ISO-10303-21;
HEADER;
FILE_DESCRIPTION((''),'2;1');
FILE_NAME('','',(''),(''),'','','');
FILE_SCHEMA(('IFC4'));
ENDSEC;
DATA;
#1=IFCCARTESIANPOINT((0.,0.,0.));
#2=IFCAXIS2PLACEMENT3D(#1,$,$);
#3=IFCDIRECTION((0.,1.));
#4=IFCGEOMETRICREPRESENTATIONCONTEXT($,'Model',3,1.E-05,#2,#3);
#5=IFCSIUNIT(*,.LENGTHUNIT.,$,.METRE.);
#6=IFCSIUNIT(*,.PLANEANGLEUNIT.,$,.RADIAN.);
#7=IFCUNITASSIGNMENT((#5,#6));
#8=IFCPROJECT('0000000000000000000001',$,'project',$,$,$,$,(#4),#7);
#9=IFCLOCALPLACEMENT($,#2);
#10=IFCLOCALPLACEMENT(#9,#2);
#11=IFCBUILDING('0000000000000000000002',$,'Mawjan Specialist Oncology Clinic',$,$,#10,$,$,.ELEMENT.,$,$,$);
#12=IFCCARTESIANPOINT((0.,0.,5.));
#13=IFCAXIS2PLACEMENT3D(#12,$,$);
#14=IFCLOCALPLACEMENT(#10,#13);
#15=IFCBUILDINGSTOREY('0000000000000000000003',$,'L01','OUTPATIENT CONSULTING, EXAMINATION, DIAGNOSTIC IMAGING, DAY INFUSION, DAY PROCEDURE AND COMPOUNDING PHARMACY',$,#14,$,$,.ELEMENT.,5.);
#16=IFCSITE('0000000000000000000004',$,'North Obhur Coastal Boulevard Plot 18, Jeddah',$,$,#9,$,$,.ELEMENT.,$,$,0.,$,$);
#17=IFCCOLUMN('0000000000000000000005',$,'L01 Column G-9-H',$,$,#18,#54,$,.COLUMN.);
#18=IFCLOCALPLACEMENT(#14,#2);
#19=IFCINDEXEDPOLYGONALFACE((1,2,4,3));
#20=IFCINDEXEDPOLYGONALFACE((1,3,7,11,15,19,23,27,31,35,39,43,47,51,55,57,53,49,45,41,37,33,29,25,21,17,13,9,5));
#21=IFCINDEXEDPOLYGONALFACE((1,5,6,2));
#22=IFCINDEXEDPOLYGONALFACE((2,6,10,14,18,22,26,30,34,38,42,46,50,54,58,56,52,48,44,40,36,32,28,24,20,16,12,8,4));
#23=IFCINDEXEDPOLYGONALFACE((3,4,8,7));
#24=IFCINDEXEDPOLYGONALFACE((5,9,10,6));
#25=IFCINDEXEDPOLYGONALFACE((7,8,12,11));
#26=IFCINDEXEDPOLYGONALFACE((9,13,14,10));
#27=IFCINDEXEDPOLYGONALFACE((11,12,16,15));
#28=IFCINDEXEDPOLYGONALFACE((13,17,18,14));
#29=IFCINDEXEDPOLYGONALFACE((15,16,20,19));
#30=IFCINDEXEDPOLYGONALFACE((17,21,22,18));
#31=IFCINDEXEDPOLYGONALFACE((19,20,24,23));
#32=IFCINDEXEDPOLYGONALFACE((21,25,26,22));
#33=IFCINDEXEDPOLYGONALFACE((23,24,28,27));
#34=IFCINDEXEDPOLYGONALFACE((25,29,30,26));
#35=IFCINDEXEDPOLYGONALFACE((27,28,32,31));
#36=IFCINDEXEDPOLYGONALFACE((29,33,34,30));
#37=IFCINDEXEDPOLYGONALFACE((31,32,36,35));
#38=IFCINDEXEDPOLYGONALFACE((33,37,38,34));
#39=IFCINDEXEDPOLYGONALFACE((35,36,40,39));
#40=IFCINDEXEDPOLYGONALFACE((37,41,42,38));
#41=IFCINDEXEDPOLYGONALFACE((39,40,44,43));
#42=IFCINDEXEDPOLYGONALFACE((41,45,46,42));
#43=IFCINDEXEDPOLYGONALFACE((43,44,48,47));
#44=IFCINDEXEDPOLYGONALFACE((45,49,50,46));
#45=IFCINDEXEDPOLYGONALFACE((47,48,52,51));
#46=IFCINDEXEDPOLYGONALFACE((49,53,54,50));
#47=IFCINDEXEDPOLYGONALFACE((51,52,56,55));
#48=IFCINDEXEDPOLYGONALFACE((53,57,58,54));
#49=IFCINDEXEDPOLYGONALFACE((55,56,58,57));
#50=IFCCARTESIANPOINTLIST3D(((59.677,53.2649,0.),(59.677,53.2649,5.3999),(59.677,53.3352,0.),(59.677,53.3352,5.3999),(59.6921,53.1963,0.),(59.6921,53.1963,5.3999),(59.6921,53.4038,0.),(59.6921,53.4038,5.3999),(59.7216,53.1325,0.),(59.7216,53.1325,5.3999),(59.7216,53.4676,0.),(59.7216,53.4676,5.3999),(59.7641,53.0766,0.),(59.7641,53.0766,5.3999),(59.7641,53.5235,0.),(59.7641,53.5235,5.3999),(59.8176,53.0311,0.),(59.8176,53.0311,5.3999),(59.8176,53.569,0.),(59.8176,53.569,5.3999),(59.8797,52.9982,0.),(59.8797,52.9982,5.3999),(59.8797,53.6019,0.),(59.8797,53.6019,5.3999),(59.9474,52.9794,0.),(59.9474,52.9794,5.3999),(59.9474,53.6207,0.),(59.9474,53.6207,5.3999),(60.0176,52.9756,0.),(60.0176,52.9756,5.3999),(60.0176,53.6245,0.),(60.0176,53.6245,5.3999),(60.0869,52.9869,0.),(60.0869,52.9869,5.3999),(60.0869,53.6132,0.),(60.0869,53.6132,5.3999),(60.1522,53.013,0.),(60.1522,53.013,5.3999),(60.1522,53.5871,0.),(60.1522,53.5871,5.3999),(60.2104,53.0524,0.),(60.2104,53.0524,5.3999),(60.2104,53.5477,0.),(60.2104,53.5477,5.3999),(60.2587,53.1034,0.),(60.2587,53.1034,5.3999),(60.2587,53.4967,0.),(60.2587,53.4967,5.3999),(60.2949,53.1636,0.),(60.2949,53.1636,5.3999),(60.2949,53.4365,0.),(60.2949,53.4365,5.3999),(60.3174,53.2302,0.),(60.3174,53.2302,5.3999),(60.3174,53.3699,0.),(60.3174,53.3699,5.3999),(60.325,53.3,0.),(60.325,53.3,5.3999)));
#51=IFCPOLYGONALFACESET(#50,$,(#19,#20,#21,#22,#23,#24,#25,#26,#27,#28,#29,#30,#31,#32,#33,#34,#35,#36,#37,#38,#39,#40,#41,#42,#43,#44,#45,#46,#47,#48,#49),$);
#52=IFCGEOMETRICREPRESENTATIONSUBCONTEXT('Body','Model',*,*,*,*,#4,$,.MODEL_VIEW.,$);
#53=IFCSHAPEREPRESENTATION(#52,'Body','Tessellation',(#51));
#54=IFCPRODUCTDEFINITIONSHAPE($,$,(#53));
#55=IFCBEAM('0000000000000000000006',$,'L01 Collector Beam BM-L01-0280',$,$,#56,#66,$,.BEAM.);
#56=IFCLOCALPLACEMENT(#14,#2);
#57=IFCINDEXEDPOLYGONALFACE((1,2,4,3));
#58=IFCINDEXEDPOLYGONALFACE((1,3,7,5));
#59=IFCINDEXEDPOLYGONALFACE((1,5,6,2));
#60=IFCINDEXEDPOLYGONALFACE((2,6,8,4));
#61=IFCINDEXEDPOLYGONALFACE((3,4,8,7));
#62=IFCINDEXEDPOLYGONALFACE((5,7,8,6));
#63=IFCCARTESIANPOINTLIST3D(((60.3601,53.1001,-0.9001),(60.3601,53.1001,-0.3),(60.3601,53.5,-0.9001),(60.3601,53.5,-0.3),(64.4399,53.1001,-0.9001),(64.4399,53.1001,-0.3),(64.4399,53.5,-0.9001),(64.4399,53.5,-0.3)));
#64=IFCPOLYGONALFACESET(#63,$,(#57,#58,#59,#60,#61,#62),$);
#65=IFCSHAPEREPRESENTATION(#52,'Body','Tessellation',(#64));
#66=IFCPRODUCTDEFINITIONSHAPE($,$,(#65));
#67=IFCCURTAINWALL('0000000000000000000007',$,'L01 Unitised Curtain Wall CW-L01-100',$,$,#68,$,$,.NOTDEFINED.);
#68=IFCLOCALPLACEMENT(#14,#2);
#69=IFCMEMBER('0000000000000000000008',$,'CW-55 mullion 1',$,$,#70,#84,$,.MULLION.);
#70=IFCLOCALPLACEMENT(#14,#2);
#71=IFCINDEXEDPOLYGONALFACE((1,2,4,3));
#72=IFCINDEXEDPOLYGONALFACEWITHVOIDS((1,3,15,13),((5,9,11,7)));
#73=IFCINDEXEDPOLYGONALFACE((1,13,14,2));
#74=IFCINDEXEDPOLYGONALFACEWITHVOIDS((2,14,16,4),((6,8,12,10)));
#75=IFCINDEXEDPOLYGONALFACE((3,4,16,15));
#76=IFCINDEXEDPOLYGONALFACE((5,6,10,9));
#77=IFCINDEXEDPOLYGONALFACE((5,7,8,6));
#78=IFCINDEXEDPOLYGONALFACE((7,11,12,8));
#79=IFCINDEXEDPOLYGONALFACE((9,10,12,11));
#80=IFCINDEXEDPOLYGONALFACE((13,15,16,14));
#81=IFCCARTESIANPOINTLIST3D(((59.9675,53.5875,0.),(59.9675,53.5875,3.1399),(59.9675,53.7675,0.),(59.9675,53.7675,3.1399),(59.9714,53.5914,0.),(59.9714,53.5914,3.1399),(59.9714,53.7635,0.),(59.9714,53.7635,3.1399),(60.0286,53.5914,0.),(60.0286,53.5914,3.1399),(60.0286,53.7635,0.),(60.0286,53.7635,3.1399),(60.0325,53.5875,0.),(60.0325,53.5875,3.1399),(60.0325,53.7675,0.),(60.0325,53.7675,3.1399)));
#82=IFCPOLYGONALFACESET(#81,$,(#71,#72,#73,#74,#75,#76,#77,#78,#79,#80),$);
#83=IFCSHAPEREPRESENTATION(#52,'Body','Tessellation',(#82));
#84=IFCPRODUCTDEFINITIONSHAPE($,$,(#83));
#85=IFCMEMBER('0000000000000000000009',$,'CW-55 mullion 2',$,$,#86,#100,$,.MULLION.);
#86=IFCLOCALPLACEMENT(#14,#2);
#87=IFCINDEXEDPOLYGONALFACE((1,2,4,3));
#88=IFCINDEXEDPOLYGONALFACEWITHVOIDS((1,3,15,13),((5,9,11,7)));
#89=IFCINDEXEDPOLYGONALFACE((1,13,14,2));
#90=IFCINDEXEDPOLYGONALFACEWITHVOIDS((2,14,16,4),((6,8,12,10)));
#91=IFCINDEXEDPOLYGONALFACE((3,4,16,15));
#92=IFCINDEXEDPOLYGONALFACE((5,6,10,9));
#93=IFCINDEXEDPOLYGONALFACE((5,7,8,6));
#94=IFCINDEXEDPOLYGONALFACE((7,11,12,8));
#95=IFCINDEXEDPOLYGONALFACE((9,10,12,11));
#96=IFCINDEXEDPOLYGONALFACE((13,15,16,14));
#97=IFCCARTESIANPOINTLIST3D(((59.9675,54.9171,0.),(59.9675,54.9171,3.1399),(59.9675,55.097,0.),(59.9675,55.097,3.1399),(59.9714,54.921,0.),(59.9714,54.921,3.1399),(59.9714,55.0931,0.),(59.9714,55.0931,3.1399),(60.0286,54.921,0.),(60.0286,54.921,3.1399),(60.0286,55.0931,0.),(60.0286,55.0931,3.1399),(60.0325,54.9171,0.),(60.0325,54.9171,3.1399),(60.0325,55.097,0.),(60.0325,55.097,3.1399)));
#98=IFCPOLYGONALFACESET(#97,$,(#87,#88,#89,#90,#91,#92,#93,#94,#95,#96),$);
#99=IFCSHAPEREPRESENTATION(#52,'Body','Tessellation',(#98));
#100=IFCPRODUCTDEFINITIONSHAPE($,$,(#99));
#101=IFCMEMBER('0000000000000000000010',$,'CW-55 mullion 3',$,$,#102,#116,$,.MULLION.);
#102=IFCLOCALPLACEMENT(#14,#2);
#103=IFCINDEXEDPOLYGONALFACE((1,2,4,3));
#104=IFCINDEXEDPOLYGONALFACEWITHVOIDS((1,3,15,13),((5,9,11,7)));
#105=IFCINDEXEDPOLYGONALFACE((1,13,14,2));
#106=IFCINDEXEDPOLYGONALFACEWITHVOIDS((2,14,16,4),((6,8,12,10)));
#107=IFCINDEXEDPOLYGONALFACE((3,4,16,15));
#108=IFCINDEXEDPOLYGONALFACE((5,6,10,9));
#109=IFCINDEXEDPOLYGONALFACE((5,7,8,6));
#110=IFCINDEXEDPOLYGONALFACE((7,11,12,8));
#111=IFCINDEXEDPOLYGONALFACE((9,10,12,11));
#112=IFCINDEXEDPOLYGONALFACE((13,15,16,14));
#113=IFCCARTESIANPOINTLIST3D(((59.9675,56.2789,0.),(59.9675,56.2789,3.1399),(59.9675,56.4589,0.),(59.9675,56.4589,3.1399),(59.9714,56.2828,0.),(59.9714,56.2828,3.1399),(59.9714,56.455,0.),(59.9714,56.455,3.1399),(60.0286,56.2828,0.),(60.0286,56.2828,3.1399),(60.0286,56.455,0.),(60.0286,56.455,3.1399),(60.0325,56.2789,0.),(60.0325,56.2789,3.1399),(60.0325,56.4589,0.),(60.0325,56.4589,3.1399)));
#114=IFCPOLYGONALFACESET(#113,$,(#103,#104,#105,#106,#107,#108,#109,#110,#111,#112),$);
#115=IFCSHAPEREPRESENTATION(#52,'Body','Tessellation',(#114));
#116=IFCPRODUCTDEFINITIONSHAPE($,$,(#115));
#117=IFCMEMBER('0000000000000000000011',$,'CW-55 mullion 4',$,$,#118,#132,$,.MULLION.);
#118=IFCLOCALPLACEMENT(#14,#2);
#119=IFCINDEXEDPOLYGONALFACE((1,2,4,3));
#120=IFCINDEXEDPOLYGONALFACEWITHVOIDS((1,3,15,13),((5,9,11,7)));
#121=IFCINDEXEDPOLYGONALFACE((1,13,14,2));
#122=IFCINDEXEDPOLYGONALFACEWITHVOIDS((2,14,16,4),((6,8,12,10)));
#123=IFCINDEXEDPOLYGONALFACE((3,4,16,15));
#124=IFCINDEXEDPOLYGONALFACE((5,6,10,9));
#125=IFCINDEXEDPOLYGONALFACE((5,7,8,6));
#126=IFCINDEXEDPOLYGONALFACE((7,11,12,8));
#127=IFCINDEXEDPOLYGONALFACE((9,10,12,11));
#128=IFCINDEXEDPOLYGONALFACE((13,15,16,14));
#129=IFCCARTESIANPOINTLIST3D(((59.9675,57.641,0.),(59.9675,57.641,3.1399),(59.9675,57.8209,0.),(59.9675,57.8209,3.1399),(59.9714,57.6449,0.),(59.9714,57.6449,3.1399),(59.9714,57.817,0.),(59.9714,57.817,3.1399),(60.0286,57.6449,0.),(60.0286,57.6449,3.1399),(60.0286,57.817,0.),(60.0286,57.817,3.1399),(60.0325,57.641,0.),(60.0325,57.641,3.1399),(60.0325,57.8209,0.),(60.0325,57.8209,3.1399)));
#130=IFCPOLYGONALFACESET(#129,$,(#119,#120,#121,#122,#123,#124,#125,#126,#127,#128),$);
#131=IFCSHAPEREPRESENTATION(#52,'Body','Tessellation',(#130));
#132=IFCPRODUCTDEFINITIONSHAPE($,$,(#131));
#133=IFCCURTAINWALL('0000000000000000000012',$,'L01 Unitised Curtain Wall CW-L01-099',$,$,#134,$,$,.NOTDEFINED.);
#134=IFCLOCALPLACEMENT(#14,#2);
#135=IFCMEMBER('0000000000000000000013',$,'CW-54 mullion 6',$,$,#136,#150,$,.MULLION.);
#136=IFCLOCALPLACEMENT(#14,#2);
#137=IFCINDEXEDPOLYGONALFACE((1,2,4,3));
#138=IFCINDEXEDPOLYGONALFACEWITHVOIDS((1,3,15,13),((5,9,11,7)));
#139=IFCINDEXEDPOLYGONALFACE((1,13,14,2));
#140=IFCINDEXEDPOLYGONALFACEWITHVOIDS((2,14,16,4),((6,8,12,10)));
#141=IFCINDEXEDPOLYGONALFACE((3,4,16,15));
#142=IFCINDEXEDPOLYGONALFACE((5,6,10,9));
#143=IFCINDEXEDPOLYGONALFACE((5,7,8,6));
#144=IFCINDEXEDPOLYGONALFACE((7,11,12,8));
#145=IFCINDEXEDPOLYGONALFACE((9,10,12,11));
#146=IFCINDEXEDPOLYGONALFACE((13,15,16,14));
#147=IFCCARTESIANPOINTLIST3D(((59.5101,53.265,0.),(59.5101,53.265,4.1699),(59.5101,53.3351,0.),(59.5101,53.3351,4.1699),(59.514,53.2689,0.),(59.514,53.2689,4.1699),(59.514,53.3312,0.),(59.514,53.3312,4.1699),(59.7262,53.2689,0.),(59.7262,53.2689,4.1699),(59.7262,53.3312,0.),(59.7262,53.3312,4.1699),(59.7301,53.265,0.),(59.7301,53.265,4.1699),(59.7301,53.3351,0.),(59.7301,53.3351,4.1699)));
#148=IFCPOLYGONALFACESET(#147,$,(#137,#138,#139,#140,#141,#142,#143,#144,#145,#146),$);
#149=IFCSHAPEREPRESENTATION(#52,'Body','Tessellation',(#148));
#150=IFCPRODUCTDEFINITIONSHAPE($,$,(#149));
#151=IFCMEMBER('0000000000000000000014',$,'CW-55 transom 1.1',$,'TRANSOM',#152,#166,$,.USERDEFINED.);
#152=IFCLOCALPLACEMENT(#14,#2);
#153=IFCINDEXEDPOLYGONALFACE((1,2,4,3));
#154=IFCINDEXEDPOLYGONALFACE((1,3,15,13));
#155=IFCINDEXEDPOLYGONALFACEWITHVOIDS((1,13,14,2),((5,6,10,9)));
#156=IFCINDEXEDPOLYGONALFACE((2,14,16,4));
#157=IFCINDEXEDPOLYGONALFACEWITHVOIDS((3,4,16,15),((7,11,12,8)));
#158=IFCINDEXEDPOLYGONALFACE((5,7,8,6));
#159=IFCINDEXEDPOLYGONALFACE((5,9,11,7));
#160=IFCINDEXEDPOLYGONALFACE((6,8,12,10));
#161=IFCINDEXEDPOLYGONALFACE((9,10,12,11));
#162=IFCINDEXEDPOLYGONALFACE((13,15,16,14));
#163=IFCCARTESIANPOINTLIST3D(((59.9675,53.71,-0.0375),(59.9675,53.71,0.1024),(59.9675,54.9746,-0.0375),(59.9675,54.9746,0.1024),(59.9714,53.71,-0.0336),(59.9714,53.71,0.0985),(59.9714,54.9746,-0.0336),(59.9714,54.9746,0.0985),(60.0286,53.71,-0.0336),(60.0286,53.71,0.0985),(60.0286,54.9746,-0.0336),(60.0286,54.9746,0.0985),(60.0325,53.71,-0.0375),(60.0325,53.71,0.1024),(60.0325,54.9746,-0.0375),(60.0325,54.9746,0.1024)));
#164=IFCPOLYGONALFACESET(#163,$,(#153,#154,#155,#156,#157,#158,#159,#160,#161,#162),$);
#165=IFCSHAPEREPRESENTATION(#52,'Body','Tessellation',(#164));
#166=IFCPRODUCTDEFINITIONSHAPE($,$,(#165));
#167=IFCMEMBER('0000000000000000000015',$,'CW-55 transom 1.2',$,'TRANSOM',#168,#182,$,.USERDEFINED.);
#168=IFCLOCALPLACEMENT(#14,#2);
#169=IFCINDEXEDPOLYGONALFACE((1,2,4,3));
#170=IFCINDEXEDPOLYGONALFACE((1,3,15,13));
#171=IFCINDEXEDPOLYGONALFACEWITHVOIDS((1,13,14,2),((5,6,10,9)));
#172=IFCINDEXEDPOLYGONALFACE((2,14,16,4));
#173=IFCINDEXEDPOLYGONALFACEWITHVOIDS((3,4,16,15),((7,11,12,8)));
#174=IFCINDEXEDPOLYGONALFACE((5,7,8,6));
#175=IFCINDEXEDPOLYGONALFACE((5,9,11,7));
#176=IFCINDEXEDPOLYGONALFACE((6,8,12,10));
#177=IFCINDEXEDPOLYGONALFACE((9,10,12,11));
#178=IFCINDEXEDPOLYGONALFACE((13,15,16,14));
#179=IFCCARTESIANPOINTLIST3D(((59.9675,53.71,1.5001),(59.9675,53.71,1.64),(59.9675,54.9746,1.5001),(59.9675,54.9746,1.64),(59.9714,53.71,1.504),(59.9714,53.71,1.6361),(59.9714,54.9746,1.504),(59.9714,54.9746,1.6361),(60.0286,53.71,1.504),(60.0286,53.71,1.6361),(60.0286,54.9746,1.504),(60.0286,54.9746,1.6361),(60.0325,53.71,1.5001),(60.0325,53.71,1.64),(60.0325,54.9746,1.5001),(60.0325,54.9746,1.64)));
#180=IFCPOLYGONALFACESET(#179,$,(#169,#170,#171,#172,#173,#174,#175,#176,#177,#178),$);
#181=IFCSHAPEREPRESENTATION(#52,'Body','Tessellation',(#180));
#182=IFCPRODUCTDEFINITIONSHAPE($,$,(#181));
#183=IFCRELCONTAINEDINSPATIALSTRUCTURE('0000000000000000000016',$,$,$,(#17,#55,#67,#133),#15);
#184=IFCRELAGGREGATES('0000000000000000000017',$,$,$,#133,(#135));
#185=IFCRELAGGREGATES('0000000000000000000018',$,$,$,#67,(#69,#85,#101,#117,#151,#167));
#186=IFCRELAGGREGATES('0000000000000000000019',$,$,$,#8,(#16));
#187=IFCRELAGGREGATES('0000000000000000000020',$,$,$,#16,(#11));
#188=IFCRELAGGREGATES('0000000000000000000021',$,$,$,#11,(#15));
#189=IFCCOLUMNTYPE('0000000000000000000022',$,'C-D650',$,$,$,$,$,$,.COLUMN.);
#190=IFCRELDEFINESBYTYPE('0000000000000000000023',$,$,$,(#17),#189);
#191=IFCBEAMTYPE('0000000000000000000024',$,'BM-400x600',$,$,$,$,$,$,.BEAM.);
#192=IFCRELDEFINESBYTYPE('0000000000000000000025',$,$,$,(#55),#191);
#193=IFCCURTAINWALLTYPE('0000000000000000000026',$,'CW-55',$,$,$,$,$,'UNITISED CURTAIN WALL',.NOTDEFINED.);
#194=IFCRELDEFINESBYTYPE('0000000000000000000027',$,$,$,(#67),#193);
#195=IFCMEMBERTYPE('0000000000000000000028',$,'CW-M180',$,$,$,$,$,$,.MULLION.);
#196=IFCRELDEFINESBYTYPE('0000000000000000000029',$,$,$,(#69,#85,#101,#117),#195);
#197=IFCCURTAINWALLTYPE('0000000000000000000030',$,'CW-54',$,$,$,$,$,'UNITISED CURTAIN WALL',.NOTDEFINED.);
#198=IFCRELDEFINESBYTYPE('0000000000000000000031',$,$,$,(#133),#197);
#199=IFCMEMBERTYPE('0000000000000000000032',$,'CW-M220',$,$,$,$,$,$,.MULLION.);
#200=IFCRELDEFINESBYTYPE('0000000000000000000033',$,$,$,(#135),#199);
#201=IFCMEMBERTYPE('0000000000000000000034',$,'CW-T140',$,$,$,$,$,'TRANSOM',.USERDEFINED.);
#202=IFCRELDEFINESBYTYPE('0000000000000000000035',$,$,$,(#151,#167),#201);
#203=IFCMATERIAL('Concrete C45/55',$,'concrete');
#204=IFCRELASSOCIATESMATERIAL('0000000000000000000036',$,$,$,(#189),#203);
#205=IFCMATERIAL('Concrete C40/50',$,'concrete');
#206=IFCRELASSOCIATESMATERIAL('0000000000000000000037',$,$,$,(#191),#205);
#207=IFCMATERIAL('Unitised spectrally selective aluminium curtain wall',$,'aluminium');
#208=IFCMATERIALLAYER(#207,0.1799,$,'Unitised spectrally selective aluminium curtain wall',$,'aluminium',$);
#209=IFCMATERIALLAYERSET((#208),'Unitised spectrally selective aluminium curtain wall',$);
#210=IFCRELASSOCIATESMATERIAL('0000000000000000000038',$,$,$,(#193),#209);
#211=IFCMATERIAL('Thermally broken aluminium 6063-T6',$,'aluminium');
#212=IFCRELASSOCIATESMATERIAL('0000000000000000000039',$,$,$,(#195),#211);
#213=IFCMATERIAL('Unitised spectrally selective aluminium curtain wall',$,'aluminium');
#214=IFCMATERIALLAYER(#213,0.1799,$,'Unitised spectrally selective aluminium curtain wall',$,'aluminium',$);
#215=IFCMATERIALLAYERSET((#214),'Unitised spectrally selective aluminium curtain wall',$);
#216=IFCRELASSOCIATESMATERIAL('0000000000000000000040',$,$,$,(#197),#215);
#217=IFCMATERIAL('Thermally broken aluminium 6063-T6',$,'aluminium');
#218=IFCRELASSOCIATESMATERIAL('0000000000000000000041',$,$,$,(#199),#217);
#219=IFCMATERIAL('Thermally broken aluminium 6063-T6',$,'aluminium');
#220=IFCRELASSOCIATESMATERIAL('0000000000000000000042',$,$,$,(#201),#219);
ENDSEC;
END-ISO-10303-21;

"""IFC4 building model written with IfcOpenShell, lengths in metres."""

from ifc_helpers import new_model, si_unit, direction, frame, origin, origin_2d, place, context, subcontext, project, spatial, rectangle, hollow_rectangle, circle, extrude, material, layer, layer_set, material_profile, profile_set, type_object, element, aggregate, save


model = new_model("IFC4")

# Units and contexts
model_context = context("Model", 3, precision=1e-05, world=origin(), true_north=direction((0.0, 1.0)))
body_context = subcontext(model_context, "Body", "Model", "MODEL_VIEW")
ifc_project = project(units=[si_unit("LENGTHUNIT", "METRE"), si_unit("PLANEANGLEUNIT", "RADIAN")], contexts=[model_context])

# Site, building, storey
site_placement = place(None, origin())
site = spatial("IfcSite", under=ifc_project, at=site_placement, Name="North Obhur Coastal Boulevard Plot 18, Jeddah", CompositionType="ELEMENT", RefElevation=0.0)
building_placement = place(site_placement, origin())
building = spatial("IfcBuilding", under=site, at=building_placement, Name="Mawjan Specialist Oncology Clinic", CompositionType="ELEMENT")
storey_placement = place(building_placement, frame((0.0, 0.0, 5.0)))
storey = spatial("IfcBuildingStorey", under=building, at=storey_placement, Name="L01", Description="OUTPATIENT CONSULTING, EXAMINATION, DIAGNOSTIC IMAGING, DAY INFUSION, DAY PROCEDURE AND COMPOUNDING PHARMACY", CompositionType="ELEMENT", Elevation=5.0)

# Column
ifc_material_1 = material(Name="Concrete C45/55", Category="concrete")
ifc_material_profile_1 = material_profile(ifc_material_1, circle(Radius=0.325, at=origin_2d()), Name="RC COL D650", Category="concrete")
ifc_profile_set_1 = profile_set([ifc_material_profile_1], Name="Concrete C45/55")
column_type = type_object("IfcColumnType", Name="C-D650", PredefinedType="COLUMN", material=ifc_profile_set_1)
column_placement = place(storey_placement, frame((60.0, 53.3, 0.0), z_axis=(0.0, 0.0, 1.0), x_axis=(1.0, 0.0, 0.0)))
element("IfcColumn", 1, at=column_placement, inside=storey, type_object=column_type, Name="L01 Column G-9-H", PredefinedType="COLUMN", context=body_context, shape_type="SweptSolid", body=[
    extrude(circle(Radius=0.325, at=origin_2d()), origin(), (0.0, 0.0, 1.0), 5.3999),
])

# Beam
ifc_material_2 = material(Name="Concrete C40/50", Category="concrete")
ifc_material_profile_2 = material_profile(ifc_material_2, rectangle(XDim=0.3999, YDim=0.6001, at=origin_2d()), Name="RC BM 400x600", Category="concrete")
ifc_profile_set_2 = profile_set([ifc_material_profile_2], Name="Concrete C40/50")
beam_type_1 = type_object("IfcBeamType", Name="BM-400x600", PredefinedType="BEAM", material=ifc_profile_set_2)
beam_1_placement = place(storey_placement, frame((60.3601, 53.3, -0.6001), z_axis=(1.0, 0.0, 0.0), x_axis=(0.0, 1.0, 0.0)))
element("IfcBeam", 2, at=beam_1_placement, inside=storey, type_object=beam_type_1, Name="L01 Collector Beam BM-L01-0280", PredefinedType="BEAM", context=body_context, shape_type="SweptSolid", body=[
    extrude(rectangle(XDim=0.3999, YDim=0.6001, at=origin_2d()), origin(), (0.0, 0.0, 1.0), 4.0798),
])

# Curtain wall, members
ifc_material_3 = material(Name="Unitised spectrally selective aluminium curtain wall", Category="aluminium")
ifc_layer_1 = layer(ifc_material_3, 0.1799, Name="Unitised spectrally selective aluminium curtain wall", Category="aluminium")
ifc_layer_set_1 = layer_set([ifc_layer_1], Name="Unitised spectrally selective aluminium curtain wall")
curtain_wall_type_1 = type_object("IfcCurtainWallType", Name="CW-55", ElementType="UNITISED CURTAIN WALL", PredefinedType="NOTDEFINED", material=ifc_layer_set_1)
curtain_wall_1_placement = place(storey_placement, origin())
curtain_wall_1 = element("IfcCurtainWall", 3, at=curtain_wall_1_placement, inside=storey, type_object=curtain_wall_type_1, Name="L01 Unitised Curtain Wall CW-L01-100", PredefinedType="NOTDEFINED")
ifc_material_4 = material(Name="Thermally broken aluminium 6063-T6", Category="aluminium")
ifc_material_profile_3 = material_profile(ifc_material_4, hollow_rectangle(XDim=0.0649, YDim=0.1799, WallThickness=0.0039, at=origin_2d()), Name="ALU MULLION 180x65x4", Category="aluminium")
ifc_profile_set_3 = profile_set([ifc_material_profile_3], Name="Thermally broken aluminium 6063-T6")
member_type_1 = type_object("IfcMemberType", Name="CW-M180", PredefinedType="MULLION", material=ifc_profile_set_3)
member_1_placement = place(storey_placement, frame((60.0, 53.6775, 0.0), z_axis=(0.0, 0.0, 1.0), x_axis=(-1.0, 0.0, 0.0)))
member_1 = element("IfcMember", 4, at=member_1_placement, type_object=member_type_1, Name="CW-55 mullion 1", PredefinedType="MULLION", context=body_context, shape_type="SweptSolid", body=[
    extrude(hollow_rectangle(XDim=0.0649, YDim=0.1799, WallThickness=0.0039, at=origin_2d()), origin(), (0.0, 0.0, 1.0), 3.1399),
])
member_2_placement = place(storey_placement, frame((60.0, 55.0071, 0.0), z_axis=(0.0, 0.0, 1.0), x_axis=(-1.0, 0.0, 0.0)))
member_2 = element("IfcMember", 5, at=member_2_placement, type_object=member_type_1, Name="CW-55 mullion 2", PredefinedType="MULLION", context=body_context, shape_type="SweptSolid", body=[
    extrude(hollow_rectangle(XDim=0.0649, YDim=0.1799, WallThickness=0.0039, at=origin_2d()), origin(), (0.0, 0.0, 1.0), 3.1399),
])
member_3_placement = place(storey_placement, frame((60.0, 56.3689, 0.0), z_axis=(0.0, 0.0, 1.0), x_axis=(-1.0, 0.0, 0.0)))
member_3 = element("IfcMember", 6, at=member_3_placement, type_object=member_type_1, Name="CW-55 mullion 3", PredefinedType="MULLION", context=body_context, shape_type="SweptSolid", body=[
    extrude(hollow_rectangle(XDim=0.0649, YDim=0.1799, WallThickness=0.0039, at=origin_2d()), origin(), (0.0, 0.0, 1.0), 3.1399),
])
member_4_placement = place(storey_placement, frame((60.0, 57.731, 0.0), z_axis=(0.0, 0.0, 1.0), x_axis=(-1.0, 0.0, 0.0)))
member_4 = element("IfcMember", 7, at=member_4_placement, type_object=member_type_1, Name="CW-55 mullion 4", PredefinedType="MULLION", context=body_context, shape_type="SweptSolid", body=[
    extrude(hollow_rectangle(XDim=0.0649, YDim=0.1799, WallThickness=0.0039, at=origin_2d()), origin(), (0.0, 0.0, 1.0), 3.1399),
])

# Curtain wall, member
ifc_material_5 = material(Name="Unitised spectrally selective aluminium curtain wall", Category="aluminium")
ifc_layer_2 = layer(ifc_material_5, 0.1799, Name="Unitised spectrally selective aluminium curtain wall", Category="aluminium")
ifc_layer_set_2 = layer_set([ifc_layer_2], Name="Unitised spectrally selective aluminium curtain wall")
curtain_wall_type_2 = type_object("IfcCurtainWallType", Name="CW-54", ElementType="UNITISED CURTAIN WALL", PredefinedType="NOTDEFINED", material=ifc_layer_set_2)
curtain_wall_2_placement = place(storey_placement, origin())
curtain_wall_2 = element("IfcCurtainWall", 8, at=curtain_wall_2_placement, inside=storey, type_object=curtain_wall_type_2, Name="L01 Unitised Curtain Wall CW-L01-099", PredefinedType="NOTDEFINED")
ifc_material_6 = material(Name="Thermally broken aluminium 6063-T6", Category="aluminium")
ifc_material_profile_4 = material_profile(ifc_material_6, hollow_rectangle(XDim=0.0701, YDim=0.22, WallThickness=0.0039, at=origin_2d()), Name="ALU MULLION 220x70x4", Category="aluminium")
ifc_profile_set_4 = profile_set([ifc_material_profile_4], Name="Thermally broken aluminium 6063-T6")
member_type_2 = type_object("IfcMemberType", Name="CW-M220", PredefinedType="MULLION", material=ifc_profile_set_4)
member_5_placement = place(storey_placement, frame((59.6201, 53.3, 0.0), z_axis=(0.0, 0.0, 1.0), x_axis=(0.0, 1.0, 0.0)))
member_5 = element("IfcMember", 9, at=member_5_placement, type_object=member_type_2, Name="CW-54 mullion 6", PredefinedType="MULLION", context=body_context, shape_type="SweptSolid", body=[
    extrude(hollow_rectangle(XDim=0.0701, YDim=0.22, WallThickness=0.0039, at=origin_2d()), origin(), (0.0, 0.0, 1.0), 4.1699),
])

# Members
ifc_material_7 = material(Name="Thermally broken aluminium 6063-T6", Category="aluminium")
ifc_material_profile_5 = material_profile(ifc_material_7, hollow_rectangle(XDim=0.0649, YDim=0.1399, WallThickness=0.0039, at=origin_2d()), Name="ALU TRANSOM 140x65x4", Category="aluminium")
ifc_profile_set_5 = profile_set([ifc_material_profile_5], Name="Thermally broken aluminium 6063-T6")
member_type_3 = type_object("IfcMemberType", Name="CW-T140", ElementType="TRANSOM", PredefinedType="USERDEFINED", material=ifc_profile_set_5)
member_6_placement = place(storey_placement, frame((60.0, 53.71, 0.0325), z_axis=(0.0, 1.0, 0.0), x_axis=(-1.0, 0.0, 0.0)))
member_6 = element("IfcMember", 10, at=member_6_placement, type_object=member_type_3, Name="CW-55 transom 1.1", ObjectType="TRANSOM", PredefinedType="USERDEFINED", context=body_context, shape_type="SweptSolid", body=[
    extrude(hollow_rectangle(XDim=0.0649, YDim=0.1399, WallThickness=0.0039, at=origin_2d()), origin(), (0.0, 0.0, 1.0), 1.2646),
])
member_7_placement = place(storey_placement, frame((60.0, 53.71, 1.5701), z_axis=(0.0, 1.0, 0.0), x_axis=(-1.0, 0.0, 0.0)))
member_7 = element("IfcMember", 11, at=member_7_placement, type_object=member_type_3, Name="CW-55 transom 1.2", ObjectType="TRANSOM", PredefinedType="USERDEFINED", context=body_context, shape_type="SweptSolid", body=[
    extrude(hollow_rectangle(XDim=0.0649, YDim=0.1399, WallThickness=0.0039, at=origin_2d()), origin(), (0.0, 0.0, 1.0), 1.2646),
])

aggregate(curtain_wall_2, [member_5])
aggregate(curtain_wall_1, [member_1, member_2, member_3, member_4, member_6, member_7])

save(model, "model.ifc")
